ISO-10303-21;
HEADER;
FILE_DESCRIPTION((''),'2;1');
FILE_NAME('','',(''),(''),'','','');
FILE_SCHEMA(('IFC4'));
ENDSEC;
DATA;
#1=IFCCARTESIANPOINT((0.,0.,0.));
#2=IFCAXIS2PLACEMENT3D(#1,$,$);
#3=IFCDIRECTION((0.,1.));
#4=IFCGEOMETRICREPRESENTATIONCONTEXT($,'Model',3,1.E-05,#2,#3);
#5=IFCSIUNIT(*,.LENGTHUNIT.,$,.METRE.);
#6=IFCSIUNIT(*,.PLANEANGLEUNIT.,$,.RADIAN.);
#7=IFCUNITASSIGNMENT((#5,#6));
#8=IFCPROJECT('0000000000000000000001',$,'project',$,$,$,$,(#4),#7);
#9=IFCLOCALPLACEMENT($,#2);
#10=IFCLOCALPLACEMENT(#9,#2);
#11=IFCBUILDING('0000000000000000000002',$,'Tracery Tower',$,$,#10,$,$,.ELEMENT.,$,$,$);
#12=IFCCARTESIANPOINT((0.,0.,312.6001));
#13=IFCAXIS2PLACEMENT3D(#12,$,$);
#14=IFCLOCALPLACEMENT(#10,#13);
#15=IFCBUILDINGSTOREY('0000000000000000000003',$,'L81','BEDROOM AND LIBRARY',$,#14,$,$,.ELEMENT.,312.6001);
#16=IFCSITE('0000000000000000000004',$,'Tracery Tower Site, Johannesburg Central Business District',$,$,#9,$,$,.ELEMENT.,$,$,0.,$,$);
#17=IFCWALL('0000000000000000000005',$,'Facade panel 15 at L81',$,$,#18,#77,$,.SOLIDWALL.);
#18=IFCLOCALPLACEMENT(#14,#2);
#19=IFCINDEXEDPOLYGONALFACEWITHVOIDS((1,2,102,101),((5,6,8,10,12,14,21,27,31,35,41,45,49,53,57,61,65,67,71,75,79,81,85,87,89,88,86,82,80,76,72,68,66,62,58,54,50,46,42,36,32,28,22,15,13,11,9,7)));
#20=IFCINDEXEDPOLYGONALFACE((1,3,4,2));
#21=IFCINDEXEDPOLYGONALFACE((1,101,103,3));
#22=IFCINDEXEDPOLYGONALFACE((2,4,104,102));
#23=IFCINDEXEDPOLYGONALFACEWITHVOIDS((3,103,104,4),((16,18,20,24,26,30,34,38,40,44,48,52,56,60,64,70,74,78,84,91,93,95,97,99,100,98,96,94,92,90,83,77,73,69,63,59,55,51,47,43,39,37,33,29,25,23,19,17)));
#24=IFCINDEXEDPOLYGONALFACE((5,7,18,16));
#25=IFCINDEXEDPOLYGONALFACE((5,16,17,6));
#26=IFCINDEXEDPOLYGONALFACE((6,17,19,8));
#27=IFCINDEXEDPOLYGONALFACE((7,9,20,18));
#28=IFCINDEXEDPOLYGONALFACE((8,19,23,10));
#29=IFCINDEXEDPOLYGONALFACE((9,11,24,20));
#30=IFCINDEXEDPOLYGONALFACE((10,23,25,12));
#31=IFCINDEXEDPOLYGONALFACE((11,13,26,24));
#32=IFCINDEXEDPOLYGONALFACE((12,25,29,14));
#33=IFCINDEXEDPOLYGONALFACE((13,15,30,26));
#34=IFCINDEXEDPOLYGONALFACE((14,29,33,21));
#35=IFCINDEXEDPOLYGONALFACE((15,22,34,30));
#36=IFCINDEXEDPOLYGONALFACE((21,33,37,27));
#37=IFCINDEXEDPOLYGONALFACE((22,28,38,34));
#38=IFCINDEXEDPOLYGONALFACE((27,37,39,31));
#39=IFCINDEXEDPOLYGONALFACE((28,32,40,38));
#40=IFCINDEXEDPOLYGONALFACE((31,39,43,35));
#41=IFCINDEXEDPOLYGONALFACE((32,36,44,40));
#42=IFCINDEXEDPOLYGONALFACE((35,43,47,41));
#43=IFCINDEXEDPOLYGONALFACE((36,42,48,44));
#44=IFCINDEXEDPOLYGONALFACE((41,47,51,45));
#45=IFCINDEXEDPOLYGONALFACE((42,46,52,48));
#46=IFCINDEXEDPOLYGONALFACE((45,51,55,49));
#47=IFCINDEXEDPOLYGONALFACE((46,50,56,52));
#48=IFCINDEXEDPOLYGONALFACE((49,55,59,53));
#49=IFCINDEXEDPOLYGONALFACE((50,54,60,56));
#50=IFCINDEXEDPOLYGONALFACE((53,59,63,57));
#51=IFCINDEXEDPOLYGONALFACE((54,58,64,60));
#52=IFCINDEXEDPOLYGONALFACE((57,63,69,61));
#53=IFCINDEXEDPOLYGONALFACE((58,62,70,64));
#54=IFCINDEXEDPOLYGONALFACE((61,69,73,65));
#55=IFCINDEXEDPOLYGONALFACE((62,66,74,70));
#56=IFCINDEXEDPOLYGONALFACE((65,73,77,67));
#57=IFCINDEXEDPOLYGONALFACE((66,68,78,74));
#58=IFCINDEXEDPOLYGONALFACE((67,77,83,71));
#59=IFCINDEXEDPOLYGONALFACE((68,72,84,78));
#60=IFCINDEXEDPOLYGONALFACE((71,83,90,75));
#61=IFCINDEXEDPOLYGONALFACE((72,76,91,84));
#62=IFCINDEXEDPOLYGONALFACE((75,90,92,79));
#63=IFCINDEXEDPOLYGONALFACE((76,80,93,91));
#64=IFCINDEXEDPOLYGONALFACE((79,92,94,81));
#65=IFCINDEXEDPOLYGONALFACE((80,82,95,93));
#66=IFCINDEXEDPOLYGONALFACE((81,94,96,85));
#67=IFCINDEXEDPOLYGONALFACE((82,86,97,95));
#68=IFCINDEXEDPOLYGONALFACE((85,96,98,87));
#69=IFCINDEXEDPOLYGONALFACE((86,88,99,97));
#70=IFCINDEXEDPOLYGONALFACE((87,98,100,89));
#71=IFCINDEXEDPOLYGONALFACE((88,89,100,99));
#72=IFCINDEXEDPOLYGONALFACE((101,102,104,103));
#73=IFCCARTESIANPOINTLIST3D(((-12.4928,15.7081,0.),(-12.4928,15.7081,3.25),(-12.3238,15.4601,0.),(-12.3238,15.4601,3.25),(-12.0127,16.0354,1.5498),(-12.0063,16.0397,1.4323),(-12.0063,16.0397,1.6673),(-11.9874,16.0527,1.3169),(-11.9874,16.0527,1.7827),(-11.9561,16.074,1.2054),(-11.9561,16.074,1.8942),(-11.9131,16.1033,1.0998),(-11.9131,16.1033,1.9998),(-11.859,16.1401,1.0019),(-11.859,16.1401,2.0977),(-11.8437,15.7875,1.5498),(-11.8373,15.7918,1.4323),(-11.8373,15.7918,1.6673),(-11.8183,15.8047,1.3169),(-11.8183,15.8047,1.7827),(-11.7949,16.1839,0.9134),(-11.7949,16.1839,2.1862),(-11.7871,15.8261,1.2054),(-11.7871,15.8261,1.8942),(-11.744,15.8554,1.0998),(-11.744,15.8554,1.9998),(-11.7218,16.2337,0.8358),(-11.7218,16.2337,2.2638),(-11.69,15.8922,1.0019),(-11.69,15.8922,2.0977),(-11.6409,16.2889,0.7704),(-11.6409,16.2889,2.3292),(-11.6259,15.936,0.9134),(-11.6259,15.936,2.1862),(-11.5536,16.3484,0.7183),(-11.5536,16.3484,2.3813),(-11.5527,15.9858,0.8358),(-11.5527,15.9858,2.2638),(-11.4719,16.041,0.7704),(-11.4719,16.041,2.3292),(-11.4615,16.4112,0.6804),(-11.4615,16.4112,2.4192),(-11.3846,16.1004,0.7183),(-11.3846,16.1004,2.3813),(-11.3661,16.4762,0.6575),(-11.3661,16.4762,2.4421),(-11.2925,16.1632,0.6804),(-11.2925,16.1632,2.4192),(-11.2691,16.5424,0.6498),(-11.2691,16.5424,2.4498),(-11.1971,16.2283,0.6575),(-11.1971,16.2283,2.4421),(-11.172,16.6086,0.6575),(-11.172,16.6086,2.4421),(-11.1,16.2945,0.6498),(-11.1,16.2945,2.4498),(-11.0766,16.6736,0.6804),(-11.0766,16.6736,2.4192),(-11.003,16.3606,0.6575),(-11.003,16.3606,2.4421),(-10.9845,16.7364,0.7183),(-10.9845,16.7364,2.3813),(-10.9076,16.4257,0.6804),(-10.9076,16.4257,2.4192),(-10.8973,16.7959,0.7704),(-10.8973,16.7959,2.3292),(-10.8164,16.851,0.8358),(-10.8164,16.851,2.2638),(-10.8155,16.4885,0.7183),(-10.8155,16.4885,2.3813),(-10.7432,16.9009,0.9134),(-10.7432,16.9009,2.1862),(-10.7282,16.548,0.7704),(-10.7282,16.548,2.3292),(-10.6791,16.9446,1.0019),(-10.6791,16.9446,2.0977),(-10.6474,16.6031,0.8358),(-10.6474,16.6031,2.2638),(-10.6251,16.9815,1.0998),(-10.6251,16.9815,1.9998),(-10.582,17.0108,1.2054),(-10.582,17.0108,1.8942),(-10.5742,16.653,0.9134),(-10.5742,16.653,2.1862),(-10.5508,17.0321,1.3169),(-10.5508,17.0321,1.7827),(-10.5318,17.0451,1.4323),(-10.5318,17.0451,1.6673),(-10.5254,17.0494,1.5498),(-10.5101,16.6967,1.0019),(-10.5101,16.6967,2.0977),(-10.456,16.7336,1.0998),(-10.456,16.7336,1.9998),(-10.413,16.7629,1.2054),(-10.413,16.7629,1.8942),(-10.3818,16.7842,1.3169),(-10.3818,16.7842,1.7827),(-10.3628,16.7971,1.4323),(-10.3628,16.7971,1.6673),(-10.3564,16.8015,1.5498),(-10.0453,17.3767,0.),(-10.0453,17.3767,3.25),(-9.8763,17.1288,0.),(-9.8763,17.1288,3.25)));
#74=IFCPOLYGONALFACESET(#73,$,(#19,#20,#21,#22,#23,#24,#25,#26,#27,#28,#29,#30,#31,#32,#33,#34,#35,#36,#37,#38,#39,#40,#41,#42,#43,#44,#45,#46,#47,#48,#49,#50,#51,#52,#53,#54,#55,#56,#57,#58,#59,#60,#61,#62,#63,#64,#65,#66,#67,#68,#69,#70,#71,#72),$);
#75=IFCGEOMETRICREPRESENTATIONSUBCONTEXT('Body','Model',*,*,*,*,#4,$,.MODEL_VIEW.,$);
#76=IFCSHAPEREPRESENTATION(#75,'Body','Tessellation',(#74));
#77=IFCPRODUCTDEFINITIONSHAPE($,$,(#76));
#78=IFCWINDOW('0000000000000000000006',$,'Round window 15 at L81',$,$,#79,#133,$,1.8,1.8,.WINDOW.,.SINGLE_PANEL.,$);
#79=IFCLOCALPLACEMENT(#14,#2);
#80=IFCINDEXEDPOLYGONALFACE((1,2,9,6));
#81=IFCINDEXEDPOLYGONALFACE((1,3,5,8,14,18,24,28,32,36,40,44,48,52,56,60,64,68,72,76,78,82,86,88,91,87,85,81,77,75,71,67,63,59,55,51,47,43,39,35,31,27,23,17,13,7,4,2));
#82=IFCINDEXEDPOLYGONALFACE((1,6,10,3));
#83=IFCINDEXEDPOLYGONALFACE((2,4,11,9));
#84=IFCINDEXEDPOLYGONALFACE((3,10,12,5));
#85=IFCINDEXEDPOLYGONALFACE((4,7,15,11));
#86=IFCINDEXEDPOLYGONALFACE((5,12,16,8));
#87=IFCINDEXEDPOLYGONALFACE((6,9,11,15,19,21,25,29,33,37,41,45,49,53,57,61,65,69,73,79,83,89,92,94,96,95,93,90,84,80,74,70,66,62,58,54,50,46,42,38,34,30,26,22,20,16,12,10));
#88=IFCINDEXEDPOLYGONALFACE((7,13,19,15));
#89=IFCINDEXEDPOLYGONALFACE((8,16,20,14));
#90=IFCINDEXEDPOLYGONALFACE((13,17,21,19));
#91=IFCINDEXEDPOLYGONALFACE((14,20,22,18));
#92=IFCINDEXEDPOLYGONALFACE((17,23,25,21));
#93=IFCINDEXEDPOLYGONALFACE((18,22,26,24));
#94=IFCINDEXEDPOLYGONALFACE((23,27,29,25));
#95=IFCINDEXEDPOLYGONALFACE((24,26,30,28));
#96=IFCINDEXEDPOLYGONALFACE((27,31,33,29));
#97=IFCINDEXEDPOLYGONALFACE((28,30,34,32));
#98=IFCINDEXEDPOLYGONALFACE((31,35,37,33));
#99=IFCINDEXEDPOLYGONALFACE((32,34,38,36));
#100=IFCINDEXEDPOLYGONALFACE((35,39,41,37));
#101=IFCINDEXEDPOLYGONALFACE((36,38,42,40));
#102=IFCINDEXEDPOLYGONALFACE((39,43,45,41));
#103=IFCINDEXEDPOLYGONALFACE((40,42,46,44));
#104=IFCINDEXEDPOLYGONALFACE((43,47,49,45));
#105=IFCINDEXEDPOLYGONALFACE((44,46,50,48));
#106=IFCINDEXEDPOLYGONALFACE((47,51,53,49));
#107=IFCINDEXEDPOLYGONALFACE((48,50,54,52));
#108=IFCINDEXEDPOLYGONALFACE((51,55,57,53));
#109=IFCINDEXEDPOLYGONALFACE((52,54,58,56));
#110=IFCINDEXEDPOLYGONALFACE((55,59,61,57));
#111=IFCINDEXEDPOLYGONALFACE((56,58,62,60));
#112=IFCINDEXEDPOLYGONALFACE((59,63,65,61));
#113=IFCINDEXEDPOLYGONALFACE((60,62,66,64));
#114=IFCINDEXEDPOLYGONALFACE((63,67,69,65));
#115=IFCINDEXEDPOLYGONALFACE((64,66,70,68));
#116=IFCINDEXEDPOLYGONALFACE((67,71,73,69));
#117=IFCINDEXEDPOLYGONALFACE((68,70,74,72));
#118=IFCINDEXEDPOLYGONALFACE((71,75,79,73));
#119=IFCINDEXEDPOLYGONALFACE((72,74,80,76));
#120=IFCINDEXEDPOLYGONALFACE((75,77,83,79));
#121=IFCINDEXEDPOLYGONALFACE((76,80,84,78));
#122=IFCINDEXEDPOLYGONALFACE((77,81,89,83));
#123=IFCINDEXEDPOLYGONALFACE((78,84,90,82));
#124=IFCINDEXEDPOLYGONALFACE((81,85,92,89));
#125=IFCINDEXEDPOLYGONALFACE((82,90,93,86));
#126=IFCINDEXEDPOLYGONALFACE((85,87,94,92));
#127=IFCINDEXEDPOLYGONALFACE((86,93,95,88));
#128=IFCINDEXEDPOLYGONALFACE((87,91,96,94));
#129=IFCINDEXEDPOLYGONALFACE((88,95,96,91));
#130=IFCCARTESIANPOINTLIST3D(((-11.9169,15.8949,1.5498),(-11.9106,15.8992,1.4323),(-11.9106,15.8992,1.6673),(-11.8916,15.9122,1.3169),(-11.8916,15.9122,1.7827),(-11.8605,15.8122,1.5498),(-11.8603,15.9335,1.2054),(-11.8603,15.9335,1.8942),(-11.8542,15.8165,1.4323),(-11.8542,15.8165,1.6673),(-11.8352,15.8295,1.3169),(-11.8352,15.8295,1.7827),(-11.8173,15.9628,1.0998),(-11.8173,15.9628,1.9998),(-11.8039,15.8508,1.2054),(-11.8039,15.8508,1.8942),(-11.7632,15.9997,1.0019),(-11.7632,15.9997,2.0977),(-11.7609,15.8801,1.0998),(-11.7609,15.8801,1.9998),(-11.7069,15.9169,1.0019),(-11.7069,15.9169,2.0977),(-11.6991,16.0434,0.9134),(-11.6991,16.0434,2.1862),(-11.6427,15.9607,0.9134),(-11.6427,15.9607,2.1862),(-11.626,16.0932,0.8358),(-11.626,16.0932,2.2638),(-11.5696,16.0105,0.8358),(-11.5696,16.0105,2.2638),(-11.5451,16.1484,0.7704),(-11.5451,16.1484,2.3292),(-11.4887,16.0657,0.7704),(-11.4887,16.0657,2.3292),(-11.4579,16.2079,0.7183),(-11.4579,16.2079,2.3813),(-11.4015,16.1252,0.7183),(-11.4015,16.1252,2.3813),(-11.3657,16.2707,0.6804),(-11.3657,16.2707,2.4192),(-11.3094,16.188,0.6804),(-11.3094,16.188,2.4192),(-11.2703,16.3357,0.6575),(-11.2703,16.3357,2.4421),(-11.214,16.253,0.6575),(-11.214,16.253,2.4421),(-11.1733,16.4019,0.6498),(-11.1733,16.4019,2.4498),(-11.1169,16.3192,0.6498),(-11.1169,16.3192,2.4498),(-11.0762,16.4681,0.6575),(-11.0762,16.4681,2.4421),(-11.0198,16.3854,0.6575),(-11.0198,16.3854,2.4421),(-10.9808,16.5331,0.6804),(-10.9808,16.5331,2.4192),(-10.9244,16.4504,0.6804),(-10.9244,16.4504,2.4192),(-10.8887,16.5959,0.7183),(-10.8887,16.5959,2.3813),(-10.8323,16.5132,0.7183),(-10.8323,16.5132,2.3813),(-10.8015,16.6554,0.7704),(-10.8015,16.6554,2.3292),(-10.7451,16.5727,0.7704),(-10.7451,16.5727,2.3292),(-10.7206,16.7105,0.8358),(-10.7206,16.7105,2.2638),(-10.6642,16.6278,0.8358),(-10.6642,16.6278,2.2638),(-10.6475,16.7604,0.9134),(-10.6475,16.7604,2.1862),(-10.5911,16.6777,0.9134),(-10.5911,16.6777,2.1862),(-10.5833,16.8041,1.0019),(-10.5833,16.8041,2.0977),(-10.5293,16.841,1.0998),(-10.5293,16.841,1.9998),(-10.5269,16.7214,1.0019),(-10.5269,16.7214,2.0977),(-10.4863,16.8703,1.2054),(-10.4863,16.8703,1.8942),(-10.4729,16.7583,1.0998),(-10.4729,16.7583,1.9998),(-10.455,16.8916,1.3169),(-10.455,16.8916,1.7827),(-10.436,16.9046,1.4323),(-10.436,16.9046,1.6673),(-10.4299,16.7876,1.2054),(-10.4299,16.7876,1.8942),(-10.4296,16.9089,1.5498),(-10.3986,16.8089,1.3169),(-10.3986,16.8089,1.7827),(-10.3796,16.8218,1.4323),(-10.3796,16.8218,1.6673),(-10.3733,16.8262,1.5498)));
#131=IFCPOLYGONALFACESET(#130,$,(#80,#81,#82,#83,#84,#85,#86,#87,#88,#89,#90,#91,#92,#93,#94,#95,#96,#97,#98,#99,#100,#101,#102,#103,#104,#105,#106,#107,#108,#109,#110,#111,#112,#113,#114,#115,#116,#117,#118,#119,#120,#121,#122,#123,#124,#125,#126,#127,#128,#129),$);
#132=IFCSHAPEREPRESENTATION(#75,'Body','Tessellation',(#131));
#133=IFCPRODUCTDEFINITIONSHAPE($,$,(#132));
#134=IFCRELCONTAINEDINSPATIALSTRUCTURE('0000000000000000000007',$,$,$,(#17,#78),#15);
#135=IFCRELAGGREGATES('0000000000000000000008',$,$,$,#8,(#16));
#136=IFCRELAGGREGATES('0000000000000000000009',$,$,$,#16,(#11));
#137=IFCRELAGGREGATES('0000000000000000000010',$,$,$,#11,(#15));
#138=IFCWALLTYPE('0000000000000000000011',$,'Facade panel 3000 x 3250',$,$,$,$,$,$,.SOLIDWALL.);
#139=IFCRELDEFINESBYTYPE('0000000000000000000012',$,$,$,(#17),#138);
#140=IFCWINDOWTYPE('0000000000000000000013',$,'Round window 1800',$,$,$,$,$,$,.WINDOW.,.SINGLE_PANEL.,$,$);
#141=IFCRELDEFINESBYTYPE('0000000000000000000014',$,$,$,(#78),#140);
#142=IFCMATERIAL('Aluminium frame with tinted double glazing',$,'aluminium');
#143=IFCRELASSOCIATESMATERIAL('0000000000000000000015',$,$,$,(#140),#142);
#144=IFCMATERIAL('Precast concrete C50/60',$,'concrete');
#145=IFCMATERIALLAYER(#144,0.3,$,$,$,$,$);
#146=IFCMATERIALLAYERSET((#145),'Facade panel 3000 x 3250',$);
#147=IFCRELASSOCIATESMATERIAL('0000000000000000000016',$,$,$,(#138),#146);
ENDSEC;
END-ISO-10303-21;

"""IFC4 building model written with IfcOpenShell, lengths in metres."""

from ifc_helpers import new_model, si_unit, direction, frame, frame_2d, origin, origin_2d, place, context, subcontext, project, spatial, rectangle, circle, extrude, material, layer, layer_set, type_object, element, fill, save


model = new_model("IFC4")

# Units and contexts
model_context = context("Model", 3, precision=1e-05, world=origin(), true_north=direction((0.0, 1.0)))
body_context = subcontext(model_context, "Body", "Model", "MODEL_VIEW")
ifc_project = project(units=[si_unit("LENGTHUNIT", "METRE"), si_unit("PLANEANGLEUNIT", "RADIAN")], contexts=[model_context])

# Site, building, storey
site_placement = place(None, origin())
site = spatial("IfcSite", under=ifc_project, at=site_placement, Name="Tracery Tower Site, Johannesburg Central Business District", CompositionType="ELEMENT", RefElevation=0.0)
building_placement = place(site_placement, origin())
building = spatial("IfcBuilding", under=site, at=building_placement, Name="Tracery Tower", CompositionType="ELEMENT")
storey_placement = place(building_placement, frame((0.0, 0.0, 312.6001)))
storey = spatial("IfcBuildingStorey", under=building, at=storey_placement, Name="L81", Description="BEDROOM AND LIBRARY", CompositionType="ELEMENT", Elevation=312.6001)

# Wall, opening, window
ifc_material_1 = material(Name="Aluminium frame with tinted double glazing", Category="aluminium")
window_type = type_object("IfcWindowType", Name="Round window 1800", PartitioningType="SINGLE_PANEL", PredefinedType="WINDOW", material=ifc_material_1)
ifc_material_2 = material(Name="Precast concrete C50/60", Category="concrete")
ifc_layer_1 = layer(ifc_material_2, 0.3)
ifc_layer_set_1 = layer_set([ifc_layer_1], Name="Facade panel 3000 x 3250")
wall_type_1 = type_object("IfcWallType", Name="Facade panel 3000 x 3250", PredefinedType="SOLIDWALL", material=ifc_layer_set_1)
wall_1_placement = place(storey_placement, frame((-9.9609, 17.2527, 0.0), z_axis=(0.0, 0.0, 1.0), x_axis=(-0.826236, -0.563324, 0.0)))
wall_1 = element("IfcWall", 1, at=wall_1_placement, inside=storey, type_object=wall_type_1, Name="Facade panel 15 at L81", PredefinedType="SOLIDWALL", context=body_context, shape_type="SweptSolid", body=[
    extrude(rectangle(XDim=2.9622, YDim=0.3, at=frame_2d((1.481, 0.0))), origin(), (0.0, 0.0, 1.0), 3.25),
])
opening_1_placement = place(wall_1_placement, frame((1.481, 0.0, 1.5498)))
opening_1 = element("IfcOpeningElement", 2, at=opening_1_placement, cuts=wall_1, PredefinedType="OPENING", context=body_context, shape_type="SweptSolid", body=[
    extrude(circle(Radius=0.9, at=origin_2d()), frame((0.0, 0.1599, 0.0), z_axis=(0.0, -1.0, 0.0), x_axis=(1.0, 0.0, 0.0)), (0.0, 0.0, 1.0), 0.3201),
])
window_1_placement = place(opening_1_placement, origin())
window_1 = element("IfcWindow", 3, at=window_1_placement, inside=storey, type_object=window_type, Name="Round window 15 at L81", OverallHeight=1.8, OverallWidth=1.8, PartitioningType="SINGLE_PANEL", PredefinedType="WINDOW", context=body_context, shape_type="SweptSolid", body=[
    extrude(circle(Radius=0.9, at=origin_2d()), frame((0.0, 0.1201, 0.0), z_axis=(0.0, -1.0, 0.0), x_axis=(1.0, 0.0, 0.0)), (0.0, 0.0, 1.0), 0.1001),
])
fill(opening_1, window_1)

save(model, "model.ifc")
